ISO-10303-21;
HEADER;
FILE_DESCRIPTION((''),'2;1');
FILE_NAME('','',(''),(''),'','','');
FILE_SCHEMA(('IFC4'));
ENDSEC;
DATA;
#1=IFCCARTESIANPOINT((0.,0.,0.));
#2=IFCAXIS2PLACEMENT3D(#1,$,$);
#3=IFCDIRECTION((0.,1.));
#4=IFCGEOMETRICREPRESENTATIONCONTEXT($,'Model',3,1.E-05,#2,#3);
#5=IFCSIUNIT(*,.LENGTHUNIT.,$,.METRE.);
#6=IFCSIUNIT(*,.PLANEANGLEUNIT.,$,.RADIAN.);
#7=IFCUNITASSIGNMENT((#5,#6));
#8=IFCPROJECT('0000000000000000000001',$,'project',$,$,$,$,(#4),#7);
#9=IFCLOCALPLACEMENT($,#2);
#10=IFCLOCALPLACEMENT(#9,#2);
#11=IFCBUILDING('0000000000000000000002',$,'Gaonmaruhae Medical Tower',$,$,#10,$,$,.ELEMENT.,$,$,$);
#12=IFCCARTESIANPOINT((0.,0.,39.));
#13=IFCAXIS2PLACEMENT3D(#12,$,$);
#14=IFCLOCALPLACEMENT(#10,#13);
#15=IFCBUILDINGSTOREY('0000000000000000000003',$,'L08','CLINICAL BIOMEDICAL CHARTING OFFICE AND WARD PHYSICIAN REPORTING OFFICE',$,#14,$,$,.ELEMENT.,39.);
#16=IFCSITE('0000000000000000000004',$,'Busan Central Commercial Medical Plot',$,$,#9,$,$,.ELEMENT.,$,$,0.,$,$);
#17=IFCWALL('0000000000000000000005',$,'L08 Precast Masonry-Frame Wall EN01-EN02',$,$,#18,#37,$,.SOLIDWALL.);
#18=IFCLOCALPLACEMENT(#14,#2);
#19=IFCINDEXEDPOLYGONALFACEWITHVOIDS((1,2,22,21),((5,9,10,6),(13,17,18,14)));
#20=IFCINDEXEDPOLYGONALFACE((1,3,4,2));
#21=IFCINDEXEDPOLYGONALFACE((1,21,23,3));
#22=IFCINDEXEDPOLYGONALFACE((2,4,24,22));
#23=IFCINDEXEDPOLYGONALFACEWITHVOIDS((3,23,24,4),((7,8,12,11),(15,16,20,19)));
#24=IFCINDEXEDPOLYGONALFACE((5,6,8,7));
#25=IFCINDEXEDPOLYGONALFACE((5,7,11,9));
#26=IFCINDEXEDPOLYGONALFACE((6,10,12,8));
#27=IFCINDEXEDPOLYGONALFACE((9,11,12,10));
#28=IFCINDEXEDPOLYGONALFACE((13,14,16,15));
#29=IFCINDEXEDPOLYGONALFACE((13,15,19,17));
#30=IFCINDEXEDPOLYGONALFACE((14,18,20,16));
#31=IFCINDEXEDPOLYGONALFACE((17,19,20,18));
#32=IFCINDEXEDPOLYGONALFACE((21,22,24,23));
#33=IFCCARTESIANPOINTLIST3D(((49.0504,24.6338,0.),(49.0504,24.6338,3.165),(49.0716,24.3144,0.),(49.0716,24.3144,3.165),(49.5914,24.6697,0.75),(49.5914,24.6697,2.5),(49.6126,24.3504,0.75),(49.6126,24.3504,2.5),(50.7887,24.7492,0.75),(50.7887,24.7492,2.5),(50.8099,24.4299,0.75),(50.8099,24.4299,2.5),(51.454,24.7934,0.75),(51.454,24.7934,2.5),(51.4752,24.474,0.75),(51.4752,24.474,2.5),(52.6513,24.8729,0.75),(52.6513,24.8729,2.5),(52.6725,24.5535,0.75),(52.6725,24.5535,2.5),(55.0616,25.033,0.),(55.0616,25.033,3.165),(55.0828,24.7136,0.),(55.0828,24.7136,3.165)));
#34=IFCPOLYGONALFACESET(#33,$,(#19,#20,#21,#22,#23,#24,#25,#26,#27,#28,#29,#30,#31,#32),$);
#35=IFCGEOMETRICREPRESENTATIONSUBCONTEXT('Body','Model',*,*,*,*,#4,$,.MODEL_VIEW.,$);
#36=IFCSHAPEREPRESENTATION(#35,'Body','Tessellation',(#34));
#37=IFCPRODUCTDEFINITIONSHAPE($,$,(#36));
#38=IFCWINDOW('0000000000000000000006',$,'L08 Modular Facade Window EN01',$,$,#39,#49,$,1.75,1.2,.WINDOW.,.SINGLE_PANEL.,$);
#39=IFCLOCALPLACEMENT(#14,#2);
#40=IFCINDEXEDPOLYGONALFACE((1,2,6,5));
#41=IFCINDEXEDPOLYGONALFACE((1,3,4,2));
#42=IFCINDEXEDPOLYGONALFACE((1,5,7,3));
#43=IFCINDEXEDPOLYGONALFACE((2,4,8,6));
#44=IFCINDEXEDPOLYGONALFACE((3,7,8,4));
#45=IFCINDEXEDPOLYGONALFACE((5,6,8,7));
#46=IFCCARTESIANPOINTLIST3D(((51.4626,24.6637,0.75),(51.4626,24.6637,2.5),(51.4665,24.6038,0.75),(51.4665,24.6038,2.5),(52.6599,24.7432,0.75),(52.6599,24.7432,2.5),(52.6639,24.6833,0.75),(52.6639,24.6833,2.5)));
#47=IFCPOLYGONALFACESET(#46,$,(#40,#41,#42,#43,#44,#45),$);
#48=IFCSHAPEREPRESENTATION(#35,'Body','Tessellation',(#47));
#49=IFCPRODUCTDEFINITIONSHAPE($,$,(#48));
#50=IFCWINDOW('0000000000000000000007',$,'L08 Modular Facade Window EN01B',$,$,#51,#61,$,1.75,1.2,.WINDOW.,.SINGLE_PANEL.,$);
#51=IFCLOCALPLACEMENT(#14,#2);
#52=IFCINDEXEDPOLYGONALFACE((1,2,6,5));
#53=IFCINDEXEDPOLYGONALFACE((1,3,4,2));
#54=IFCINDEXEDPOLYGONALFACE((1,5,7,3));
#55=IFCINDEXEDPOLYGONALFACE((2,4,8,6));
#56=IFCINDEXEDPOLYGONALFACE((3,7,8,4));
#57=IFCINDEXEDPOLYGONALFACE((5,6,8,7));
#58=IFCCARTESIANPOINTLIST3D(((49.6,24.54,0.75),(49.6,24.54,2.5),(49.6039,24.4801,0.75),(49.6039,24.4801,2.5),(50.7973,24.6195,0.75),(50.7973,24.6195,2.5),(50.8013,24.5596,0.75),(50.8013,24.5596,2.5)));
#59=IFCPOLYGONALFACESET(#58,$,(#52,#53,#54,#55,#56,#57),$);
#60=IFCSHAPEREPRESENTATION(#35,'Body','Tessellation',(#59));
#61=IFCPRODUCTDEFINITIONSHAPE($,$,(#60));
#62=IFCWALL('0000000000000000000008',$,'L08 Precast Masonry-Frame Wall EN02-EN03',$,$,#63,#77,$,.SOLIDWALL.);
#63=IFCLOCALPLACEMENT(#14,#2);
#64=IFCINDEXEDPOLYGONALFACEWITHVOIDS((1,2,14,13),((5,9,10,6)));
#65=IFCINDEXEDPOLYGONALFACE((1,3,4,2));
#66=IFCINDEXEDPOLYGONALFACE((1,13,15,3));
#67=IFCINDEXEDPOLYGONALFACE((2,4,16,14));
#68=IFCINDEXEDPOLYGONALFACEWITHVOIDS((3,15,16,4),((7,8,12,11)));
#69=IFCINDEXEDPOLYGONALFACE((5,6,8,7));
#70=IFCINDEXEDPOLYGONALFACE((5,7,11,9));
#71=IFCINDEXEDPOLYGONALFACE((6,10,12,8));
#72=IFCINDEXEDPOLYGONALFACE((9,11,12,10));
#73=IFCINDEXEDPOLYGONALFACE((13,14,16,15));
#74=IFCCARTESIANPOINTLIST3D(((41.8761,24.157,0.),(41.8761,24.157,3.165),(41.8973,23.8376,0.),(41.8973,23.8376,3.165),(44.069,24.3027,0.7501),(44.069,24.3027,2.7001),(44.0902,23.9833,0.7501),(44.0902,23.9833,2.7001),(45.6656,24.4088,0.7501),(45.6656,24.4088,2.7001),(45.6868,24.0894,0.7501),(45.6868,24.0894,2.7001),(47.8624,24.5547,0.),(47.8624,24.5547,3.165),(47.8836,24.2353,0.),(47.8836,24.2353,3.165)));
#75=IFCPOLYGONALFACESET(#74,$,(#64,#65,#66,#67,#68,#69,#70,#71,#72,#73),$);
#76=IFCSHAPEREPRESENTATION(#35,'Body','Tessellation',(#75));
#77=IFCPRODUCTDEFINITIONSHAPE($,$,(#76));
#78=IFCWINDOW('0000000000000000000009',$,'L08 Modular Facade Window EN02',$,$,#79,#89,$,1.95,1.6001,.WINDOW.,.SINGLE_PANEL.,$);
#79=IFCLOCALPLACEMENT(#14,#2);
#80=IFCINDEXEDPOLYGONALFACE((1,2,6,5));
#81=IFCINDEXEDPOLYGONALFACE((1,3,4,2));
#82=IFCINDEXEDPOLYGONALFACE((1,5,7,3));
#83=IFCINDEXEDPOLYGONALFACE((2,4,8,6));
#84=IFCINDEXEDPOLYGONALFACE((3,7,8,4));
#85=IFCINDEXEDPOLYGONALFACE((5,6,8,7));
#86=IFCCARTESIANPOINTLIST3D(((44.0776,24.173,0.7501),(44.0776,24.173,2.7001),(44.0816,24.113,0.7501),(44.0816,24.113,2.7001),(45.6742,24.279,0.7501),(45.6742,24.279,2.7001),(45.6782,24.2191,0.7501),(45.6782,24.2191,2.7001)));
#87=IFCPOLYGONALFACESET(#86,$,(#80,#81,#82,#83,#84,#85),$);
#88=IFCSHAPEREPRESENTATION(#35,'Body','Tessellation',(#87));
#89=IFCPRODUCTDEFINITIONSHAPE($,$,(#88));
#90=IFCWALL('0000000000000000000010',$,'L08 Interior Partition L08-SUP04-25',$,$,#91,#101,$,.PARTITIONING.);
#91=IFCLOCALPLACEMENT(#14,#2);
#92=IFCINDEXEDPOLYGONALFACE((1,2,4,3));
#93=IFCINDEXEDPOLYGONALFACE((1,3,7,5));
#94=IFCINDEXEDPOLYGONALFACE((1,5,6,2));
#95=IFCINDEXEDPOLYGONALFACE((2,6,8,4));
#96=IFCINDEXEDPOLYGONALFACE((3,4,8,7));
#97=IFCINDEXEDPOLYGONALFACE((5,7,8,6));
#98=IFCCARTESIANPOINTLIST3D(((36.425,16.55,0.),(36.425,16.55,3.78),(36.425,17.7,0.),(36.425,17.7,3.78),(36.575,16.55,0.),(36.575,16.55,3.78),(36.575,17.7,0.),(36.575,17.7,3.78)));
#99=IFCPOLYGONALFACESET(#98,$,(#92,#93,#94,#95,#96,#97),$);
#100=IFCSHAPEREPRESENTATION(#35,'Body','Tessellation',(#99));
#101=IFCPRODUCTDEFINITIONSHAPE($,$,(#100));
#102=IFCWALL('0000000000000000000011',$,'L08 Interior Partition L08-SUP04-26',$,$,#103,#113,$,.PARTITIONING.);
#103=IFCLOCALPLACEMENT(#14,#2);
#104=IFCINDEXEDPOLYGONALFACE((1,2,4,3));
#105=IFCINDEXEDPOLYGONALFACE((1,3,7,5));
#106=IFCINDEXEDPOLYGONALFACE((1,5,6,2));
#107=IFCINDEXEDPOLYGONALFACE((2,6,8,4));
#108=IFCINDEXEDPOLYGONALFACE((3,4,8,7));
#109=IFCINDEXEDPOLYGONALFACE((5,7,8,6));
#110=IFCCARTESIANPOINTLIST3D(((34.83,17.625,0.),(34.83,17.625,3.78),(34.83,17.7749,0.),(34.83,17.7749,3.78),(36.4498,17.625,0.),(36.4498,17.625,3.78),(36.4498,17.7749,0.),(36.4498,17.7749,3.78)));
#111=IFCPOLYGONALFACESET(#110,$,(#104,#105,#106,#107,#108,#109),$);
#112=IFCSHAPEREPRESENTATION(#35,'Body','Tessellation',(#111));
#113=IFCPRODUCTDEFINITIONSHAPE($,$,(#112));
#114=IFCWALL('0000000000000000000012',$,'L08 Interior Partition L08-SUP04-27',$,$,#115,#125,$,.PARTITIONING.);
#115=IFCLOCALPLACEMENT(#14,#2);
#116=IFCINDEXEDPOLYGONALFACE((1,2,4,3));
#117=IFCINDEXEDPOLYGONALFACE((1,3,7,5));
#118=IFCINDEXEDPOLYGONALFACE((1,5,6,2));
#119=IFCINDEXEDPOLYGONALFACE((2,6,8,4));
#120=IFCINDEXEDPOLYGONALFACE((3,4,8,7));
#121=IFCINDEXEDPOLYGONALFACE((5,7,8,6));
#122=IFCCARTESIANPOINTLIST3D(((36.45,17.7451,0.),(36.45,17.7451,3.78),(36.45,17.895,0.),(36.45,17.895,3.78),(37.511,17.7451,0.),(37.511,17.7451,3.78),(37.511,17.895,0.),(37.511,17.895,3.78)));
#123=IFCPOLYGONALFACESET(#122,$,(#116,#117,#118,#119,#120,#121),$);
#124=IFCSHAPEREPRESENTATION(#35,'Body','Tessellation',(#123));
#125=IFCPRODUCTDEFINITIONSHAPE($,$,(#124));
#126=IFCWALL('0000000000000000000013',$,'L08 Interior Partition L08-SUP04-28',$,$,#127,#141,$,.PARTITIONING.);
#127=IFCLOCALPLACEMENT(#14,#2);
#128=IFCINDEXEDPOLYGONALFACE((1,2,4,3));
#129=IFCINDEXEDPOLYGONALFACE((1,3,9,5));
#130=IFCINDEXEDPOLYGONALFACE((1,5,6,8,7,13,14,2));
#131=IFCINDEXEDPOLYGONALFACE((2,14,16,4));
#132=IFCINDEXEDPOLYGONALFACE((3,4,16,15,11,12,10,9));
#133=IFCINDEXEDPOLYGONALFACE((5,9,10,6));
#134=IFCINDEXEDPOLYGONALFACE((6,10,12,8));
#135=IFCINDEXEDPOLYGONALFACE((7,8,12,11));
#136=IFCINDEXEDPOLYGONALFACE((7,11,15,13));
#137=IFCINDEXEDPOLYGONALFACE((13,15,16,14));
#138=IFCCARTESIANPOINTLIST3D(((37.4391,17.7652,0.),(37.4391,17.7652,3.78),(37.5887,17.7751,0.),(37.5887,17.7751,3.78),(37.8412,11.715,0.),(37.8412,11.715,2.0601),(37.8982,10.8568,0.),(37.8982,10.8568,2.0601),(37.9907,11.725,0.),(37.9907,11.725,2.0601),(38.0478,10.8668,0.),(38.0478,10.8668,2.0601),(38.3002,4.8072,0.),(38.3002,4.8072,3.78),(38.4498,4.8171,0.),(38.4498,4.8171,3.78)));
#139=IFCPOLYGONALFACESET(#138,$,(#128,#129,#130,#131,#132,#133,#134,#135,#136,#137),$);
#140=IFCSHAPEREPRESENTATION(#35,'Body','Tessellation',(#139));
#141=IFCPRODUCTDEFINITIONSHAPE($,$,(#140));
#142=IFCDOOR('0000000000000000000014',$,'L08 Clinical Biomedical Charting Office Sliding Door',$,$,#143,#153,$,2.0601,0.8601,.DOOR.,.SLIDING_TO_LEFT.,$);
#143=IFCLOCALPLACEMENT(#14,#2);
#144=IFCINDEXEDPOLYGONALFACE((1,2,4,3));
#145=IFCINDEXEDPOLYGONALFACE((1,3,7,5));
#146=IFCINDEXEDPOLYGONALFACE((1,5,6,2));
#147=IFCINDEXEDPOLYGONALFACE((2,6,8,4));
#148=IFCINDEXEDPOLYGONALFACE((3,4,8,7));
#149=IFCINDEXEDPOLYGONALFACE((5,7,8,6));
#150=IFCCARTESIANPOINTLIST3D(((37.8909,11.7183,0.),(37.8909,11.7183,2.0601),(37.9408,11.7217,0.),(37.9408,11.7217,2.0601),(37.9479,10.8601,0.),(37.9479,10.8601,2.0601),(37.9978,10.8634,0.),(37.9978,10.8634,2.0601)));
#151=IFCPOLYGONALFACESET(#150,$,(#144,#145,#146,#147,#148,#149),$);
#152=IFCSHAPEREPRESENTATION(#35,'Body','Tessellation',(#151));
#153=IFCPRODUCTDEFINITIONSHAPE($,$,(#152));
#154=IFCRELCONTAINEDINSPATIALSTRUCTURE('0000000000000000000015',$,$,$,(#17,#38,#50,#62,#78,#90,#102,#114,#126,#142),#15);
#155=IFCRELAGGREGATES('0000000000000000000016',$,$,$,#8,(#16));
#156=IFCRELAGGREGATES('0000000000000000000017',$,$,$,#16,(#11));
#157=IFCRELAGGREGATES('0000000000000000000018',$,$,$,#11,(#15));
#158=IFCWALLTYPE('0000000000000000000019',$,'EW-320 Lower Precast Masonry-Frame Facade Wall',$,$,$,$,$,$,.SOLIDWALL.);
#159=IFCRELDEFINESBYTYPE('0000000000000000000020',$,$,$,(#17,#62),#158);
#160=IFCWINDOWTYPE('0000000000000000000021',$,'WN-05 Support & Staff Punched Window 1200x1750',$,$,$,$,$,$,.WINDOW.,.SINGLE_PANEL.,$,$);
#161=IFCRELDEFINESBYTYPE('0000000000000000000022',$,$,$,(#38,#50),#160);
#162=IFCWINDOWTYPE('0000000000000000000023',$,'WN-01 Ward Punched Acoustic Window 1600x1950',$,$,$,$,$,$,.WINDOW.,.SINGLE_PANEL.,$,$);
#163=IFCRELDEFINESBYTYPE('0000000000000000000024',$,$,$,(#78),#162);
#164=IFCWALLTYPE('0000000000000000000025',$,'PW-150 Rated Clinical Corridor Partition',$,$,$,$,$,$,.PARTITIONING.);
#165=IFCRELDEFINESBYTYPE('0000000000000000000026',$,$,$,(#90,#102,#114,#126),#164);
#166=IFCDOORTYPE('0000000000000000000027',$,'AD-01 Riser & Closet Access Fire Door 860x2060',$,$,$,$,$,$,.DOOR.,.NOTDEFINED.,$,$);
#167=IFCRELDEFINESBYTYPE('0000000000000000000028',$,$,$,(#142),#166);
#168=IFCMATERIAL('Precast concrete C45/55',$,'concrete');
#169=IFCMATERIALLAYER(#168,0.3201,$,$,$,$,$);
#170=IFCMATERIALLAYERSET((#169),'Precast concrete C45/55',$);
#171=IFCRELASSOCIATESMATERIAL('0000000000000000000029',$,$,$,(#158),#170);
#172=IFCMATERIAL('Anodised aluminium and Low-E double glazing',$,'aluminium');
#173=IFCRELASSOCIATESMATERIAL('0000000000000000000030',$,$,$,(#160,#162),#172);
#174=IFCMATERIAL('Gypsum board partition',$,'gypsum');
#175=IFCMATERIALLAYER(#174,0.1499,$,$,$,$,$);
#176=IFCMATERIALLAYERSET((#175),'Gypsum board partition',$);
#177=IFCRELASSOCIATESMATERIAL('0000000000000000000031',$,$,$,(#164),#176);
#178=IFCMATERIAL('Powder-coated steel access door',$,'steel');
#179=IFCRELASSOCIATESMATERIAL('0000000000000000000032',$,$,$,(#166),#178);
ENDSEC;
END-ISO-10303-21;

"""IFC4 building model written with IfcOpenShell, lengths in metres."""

from ifc_helpers import new_model, si_unit, direction, frame, frame_2d, origin, place, context, subcontext, project, spatial, rectangle, extrude, material, layer, layer_set, type_object, element, fill, save


model = new_model("IFC4")

# Units and contexts
model_context = context("Model", 3, precision=1e-05, world=origin(), true_north=direction((0.0, 1.0)))
body_context = subcontext(model_context, "Body", "Model", "MODEL_VIEW")
ifc_project = project(units=[si_unit("LENGTHUNIT", "METRE"), si_unit("PLANEANGLEUNIT", "RADIAN")], contexts=[model_context])

# Site, building, storey
site_placement = place(None, origin())
site = spatial("IfcSite", under=ifc_project, at=site_placement, Name="Busan Central Commercial Medical Plot", CompositionType="ELEMENT", RefElevation=0.0)
building_placement = place(site_placement, origin())
building = spatial("IfcBuilding", under=site, at=building_placement, Name="Gaonmaruhae Medical Tower", CompositionType="ELEMENT")
storey_placement = place(building_placement, frame((0.0, 0.0, 39.0)))
storey = spatial("IfcBuildingStorey", under=building, at=storey_placement, Name="L08", Description="CLINICAL BIOMEDICAL CHARTING OFFICE AND WARD PHYSICIAN REPORTING OFFICE", CompositionType="ELEMENT", Elevation=39.0)

# Wall, openings, windows
ifc_material_1 = material(Name="Precast concrete C45/55", Category="concrete")
ifc_layer_1 = layer(ifc_material_1, 0.3201)
ifc_layer_set_1 = layer_set([ifc_layer_1], Name="Precast concrete C45/55")
wall_type_1 = type_object("IfcWallType", Name="EW-320 Lower Precast Masonry-Frame Facade Wall", PredefinedType="SOLIDWALL", material=ifc_layer_set_1)
wall_1_placement = place(storey_placement, frame((49.061, 24.4741, 0.0), z_axis=(0.0, 0.0, 1.0), x_axis=(0.997803, 0.066258, 0.0)))
wall_1 = element("IfcWall", 1, at=wall_1_placement, inside=storey, type_object=wall_type_1, Name="L08 Precast Masonry-Frame Wall EN01-EN02", PredefinedType="SOLIDWALL", context=body_context, shape_type="SweptSolid", body=[
    extrude(rectangle(XDim=6.0244, YDim=0.3201, at=frame_2d((3.0122, 0.0))), origin(), (0.0, 0.0, 1.0), 3.165),
])
opening_1_placement = place(wall_1_placement, frame((2.4087, 0.0, 0.75)))
opening_1 = element("IfcOpeningElement", 2, at=opening_1_placement, cuts=wall_1, PredefinedType="OPENING", context=body_context, shape_type="SweptSolid", body=[
    extrude(rectangle(XDim=1.2, YDim=1.75, at=frame_2d((0.6001, 0.875))), frame((0.0, 0.1699, 0.0), z_axis=(0.0, -1.0, 0.0), x_axis=(1.0, 0.0, 0.0)), (0.0, 0.0, 1.0), 0.3401),
])
opening_2_placement = place(wall_1_placement, frame((0.542, 0.0, 0.75)))
opening_2 = element("IfcOpeningElement", 3, at=opening_2_placement, cuts=wall_1, PredefinedType="OPENING", context=body_context, shape_type="SweptSolid", body=[
    extrude(rectangle(XDim=1.2, YDim=1.75, at=frame_2d((0.6001, 0.875))), frame((0.0, 0.1699, 0.0), z_axis=(0.0, -1.0, 0.0), x_axis=(1.0, 0.0, 0.0)), (0.0, 0.0, 1.0), 0.3401),
])
ifc_material_2 = material(Name="Anodised aluminium and Low-E double glazing", Category="aluminium")
window_type_1 = type_object("IfcWindowType", Name="WN-05 Support & Staff Punched Window 1200x1750", PartitioningType="SINGLE_PANEL", PredefinedType="WINDOW", material=ifc_material_2)
window_1_placement = place(opening_1_placement, origin())
window_1 = element("IfcWindow", 4, at=window_1_placement, inside=storey, type_object=window_type_1, Name="L08 Modular Facade Window EN01", OverallHeight=1.75, OverallWidth=1.2, PartitioningType="SINGLE_PANEL", PredefinedType="WINDOW", context=body_context, shape_type="SweptSolid", body=[
    extrude(rectangle(XDim=1.2, YDim=1.75, at=frame_2d((0.6001, 0.875))), frame((0.0, 0.03, 0.0), z_axis=(0.0, -1.0, 0.0), x_axis=(1.0, 0.0, 0.0)), (0.0, 0.0, 1.0), 0.0601),
])
fill(opening_1, window_1)
window_2_placement = place(opening_2_placement, origin())
window_2 = element("IfcWindow", 5, at=window_2_placement, inside=storey, type_object=window_type_1, Name="L08 Modular Facade Window EN01B", OverallHeight=1.75, OverallWidth=1.2, PartitioningType="SINGLE_PANEL", PredefinedType="WINDOW", context=body_context, shape_type="SweptSolid", body=[
    extrude(rectangle(XDim=1.2, YDim=1.75, at=frame_2d((0.6001, 0.875))), frame((0.0, 0.03, 0.0), z_axis=(0.0, -1.0, 0.0), x_axis=(1.0, 0.0, 0.0)), (0.0, 0.0, 1.0), 0.0601),
])
fill(opening_2, window_2)

# Wall, opening, window
wall_2_placement = place(storey_placement, frame((41.8867, 23.9973, 0.0), z_axis=(0.0, 0.0, 1.0), x_axis=(0.9978, 0.066289, 0.0)))
wall_2 = element("IfcWall", 6, at=wall_2_placement, inside=storey, type_object=wall_type_1, Name="L08 Precast Masonry-Frame Wall EN02-EN03", PredefinedType="SOLIDWALL", context=body_context, shape_type="SweptSolid", body=[
    extrude(rectangle(XDim=5.9995, YDim=0.3201, at=frame_2d((2.9998, 0.0))), origin(), (0.0, 0.0, 1.0), 3.165),
])
opening_3_placement = place(wall_2_placement, frame((2.1978, 0.0, 0.75)))
opening_3 = element("IfcOpeningElement", 7, at=opening_3_placement, cuts=wall_2, PredefinedType="OPENING", context=body_context, shape_type="SweptSolid", body=[
    extrude(rectangle(XDim=1.6001, YDim=1.95, at=frame_2d((0.8, 0.9751))), frame((0.0, 0.1699, 0.0), z_axis=(0.0, -1.0, 0.0), x_axis=(1.0, 0.0, 0.0)), (0.0, 0.0, 1.0), 0.3401),
])
window_type_2 = type_object("IfcWindowType", Name="WN-01 Ward Punched Acoustic Window 1600x1950", PartitioningType="SINGLE_PANEL", PredefinedType="WINDOW", material=ifc_material_2)
window_3_placement = place(opening_3_placement, origin())
window_3 = element("IfcWindow", 8, at=window_3_placement, inside=storey, type_object=window_type_2, Name="L08 Modular Facade Window EN02", OverallHeight=1.95, OverallWidth=1.6001, PartitioningType="SINGLE_PANEL", PredefinedType="WINDOW", context=body_context, shape_type="SweptSolid", body=[
    extrude(rectangle(XDim=1.6001, YDim=1.95, at=frame_2d((0.8, 0.9751))), frame((0.0, 0.03, 0.0), z_axis=(0.0, -1.0, 0.0), x_axis=(1.0, 0.0, 0.0)), (0.0, 0.0, 1.0), 0.0601),
])
fill(opening_3, window_3)

# Walls
ifc_material_3 = material(Name="Gypsum board partition", Category="gypsum")
ifc_layer_2 = layer(ifc_material_3, 0.1499)
ifc_layer_set_2 = layer_set([ifc_layer_2], Name="Gypsum board partition")
wall_type_2 = type_object("IfcWallType", Name="PW-150 Rated Clinical Corridor Partition", PredefinedType="PARTITIONING", material=ifc_layer_set_2)
wall_3_placement = place(storey_placement, frame((36.5, 16.55, 0.0), z_axis=(0.0, 0.0, 1.0), x_axis=(0.0, 1.0, 0.0)))
element("IfcWall", 9, at=wall_3_placement, inside=storey, type_object=wall_type_2, Name="L08 Interior Partition L08-SUP04-25", PredefinedType="PARTITIONING", context=body_context, shape_type="SweptSolid", body=[
    extrude(rectangle(XDim=1.1499, YDim=0.1499, at=frame_2d((0.575, 0.0))), origin(), (0.0, 0.0, 1.0), 3.78),
])
wall_4_placement = place(storey_placement, frame((36.45, 17.7, 0.0), z_axis=(0.0, 0.0, 1.0), x_axis=(-1.0, 0.0, 0.0)))
element("IfcWall", 10, at=wall_4_placement, inside=storey, type_object=wall_type_2, Name="L08 Interior Partition L08-SUP04-26", PredefinedType="PARTITIONING", context=body_context, shape_type="SweptSolid", body=[
    extrude(rectangle(XDim=1.6199, YDim=0.1499, at=frame_2d((0.8101, 0.0))), origin(), (0.0, 0.0, 1.0), 3.78),
])
wall_5_placement = place(storey_placement, frame((36.45, 17.8201, 0.0), z_axis=(0.0, 0.0, 1.0), x_axis=(1.0, 0.0, 0.0)))
element("IfcWall", 11, at=wall_5_placement, inside=storey, type_object=wall_type_2, Name="L08 Interior Partition L08-SUP04-27", PredefinedType="PARTITIONING", context=body_context, shape_type="SweptSolid", body=[
    extrude(rectangle(XDim=1.061, YDim=0.1499, at=frame_2d((0.5305, 0.0))), origin(), (0.0, 0.0, 1.0), 3.78),
])

# Wall, opening, door
wall_6_placement = place(storey_placement, frame((37.5139, 17.77, 0.0), z_axis=(0.0, 0.0, 1.0), x_axis=(0.066306, -0.997799, 0.0)))
wall_6 = element("IfcWall", 12, at=wall_6_placement, inside=storey, type_object=wall_type_2, Name="L08 Interior Partition L08-SUP04-28", PredefinedType="PARTITIONING", context=body_context, shape_type="SweptSolid", body=[
    extrude(rectangle(XDim=12.9866, YDim=0.1499, at=frame_2d((6.4932, 0.0))), origin(), (0.0, 0.0, 1.0), 3.78),
])
opening_4_placement = place(wall_6_placement, frame((6.0632, 0.0, 0.0)))
opening_4 = element("IfcOpeningElement", 13, at=opening_4_placement, cuts=wall_6, PredefinedType="OPENING", context=body_context, shape_type="SweptSolid", body=[
    extrude(rectangle(XDim=0.8601, YDim=2.0601, at=frame_2d((0.4302, 1.03))), frame((0.0, 0.085, 0.0), z_axis=(0.0, -1.0, 0.0), x_axis=(1.0, 0.0, 0.0)), (0.0, 0.0, 1.0), 0.1699),
])
ifc_material_4 = material(Name="Powder-coated steel access door", Category="steel")
door_type_1 = type_object("IfcDoorType", Name="AD-01 Riser & Closet Access Fire Door 860x2060", OperationType="NOTDEFINED", PredefinedType="DOOR", material=ifc_material_4)
door_1_placement = place(opening_4_placement, origin())
door_1 = element("IfcDoor", 14, at=door_1_placement, inside=storey, type_object=door_type_1, Name="L08 Clinical Biomedical Charting Office Sliding Door", OperationType="SLIDING_TO_LEFT", OverallHeight=2.0601, OverallWidth=0.8601, PredefinedType="DOOR", context=body_context, shape_type="SweptSolid", body=[
    extrude(rectangle(XDim=0.8601, YDim=2.0601, at=frame_2d((0.4302, 1.03))), frame((0.0, 0.0249, 0.0), z_axis=(0.0, -1.0, 0.0), x_axis=(1.0, 0.0, 0.0)), (0.0, 0.0, 1.0), 0.05),
])
fill(opening_4, door_1)

save(model, "model.ifc")
